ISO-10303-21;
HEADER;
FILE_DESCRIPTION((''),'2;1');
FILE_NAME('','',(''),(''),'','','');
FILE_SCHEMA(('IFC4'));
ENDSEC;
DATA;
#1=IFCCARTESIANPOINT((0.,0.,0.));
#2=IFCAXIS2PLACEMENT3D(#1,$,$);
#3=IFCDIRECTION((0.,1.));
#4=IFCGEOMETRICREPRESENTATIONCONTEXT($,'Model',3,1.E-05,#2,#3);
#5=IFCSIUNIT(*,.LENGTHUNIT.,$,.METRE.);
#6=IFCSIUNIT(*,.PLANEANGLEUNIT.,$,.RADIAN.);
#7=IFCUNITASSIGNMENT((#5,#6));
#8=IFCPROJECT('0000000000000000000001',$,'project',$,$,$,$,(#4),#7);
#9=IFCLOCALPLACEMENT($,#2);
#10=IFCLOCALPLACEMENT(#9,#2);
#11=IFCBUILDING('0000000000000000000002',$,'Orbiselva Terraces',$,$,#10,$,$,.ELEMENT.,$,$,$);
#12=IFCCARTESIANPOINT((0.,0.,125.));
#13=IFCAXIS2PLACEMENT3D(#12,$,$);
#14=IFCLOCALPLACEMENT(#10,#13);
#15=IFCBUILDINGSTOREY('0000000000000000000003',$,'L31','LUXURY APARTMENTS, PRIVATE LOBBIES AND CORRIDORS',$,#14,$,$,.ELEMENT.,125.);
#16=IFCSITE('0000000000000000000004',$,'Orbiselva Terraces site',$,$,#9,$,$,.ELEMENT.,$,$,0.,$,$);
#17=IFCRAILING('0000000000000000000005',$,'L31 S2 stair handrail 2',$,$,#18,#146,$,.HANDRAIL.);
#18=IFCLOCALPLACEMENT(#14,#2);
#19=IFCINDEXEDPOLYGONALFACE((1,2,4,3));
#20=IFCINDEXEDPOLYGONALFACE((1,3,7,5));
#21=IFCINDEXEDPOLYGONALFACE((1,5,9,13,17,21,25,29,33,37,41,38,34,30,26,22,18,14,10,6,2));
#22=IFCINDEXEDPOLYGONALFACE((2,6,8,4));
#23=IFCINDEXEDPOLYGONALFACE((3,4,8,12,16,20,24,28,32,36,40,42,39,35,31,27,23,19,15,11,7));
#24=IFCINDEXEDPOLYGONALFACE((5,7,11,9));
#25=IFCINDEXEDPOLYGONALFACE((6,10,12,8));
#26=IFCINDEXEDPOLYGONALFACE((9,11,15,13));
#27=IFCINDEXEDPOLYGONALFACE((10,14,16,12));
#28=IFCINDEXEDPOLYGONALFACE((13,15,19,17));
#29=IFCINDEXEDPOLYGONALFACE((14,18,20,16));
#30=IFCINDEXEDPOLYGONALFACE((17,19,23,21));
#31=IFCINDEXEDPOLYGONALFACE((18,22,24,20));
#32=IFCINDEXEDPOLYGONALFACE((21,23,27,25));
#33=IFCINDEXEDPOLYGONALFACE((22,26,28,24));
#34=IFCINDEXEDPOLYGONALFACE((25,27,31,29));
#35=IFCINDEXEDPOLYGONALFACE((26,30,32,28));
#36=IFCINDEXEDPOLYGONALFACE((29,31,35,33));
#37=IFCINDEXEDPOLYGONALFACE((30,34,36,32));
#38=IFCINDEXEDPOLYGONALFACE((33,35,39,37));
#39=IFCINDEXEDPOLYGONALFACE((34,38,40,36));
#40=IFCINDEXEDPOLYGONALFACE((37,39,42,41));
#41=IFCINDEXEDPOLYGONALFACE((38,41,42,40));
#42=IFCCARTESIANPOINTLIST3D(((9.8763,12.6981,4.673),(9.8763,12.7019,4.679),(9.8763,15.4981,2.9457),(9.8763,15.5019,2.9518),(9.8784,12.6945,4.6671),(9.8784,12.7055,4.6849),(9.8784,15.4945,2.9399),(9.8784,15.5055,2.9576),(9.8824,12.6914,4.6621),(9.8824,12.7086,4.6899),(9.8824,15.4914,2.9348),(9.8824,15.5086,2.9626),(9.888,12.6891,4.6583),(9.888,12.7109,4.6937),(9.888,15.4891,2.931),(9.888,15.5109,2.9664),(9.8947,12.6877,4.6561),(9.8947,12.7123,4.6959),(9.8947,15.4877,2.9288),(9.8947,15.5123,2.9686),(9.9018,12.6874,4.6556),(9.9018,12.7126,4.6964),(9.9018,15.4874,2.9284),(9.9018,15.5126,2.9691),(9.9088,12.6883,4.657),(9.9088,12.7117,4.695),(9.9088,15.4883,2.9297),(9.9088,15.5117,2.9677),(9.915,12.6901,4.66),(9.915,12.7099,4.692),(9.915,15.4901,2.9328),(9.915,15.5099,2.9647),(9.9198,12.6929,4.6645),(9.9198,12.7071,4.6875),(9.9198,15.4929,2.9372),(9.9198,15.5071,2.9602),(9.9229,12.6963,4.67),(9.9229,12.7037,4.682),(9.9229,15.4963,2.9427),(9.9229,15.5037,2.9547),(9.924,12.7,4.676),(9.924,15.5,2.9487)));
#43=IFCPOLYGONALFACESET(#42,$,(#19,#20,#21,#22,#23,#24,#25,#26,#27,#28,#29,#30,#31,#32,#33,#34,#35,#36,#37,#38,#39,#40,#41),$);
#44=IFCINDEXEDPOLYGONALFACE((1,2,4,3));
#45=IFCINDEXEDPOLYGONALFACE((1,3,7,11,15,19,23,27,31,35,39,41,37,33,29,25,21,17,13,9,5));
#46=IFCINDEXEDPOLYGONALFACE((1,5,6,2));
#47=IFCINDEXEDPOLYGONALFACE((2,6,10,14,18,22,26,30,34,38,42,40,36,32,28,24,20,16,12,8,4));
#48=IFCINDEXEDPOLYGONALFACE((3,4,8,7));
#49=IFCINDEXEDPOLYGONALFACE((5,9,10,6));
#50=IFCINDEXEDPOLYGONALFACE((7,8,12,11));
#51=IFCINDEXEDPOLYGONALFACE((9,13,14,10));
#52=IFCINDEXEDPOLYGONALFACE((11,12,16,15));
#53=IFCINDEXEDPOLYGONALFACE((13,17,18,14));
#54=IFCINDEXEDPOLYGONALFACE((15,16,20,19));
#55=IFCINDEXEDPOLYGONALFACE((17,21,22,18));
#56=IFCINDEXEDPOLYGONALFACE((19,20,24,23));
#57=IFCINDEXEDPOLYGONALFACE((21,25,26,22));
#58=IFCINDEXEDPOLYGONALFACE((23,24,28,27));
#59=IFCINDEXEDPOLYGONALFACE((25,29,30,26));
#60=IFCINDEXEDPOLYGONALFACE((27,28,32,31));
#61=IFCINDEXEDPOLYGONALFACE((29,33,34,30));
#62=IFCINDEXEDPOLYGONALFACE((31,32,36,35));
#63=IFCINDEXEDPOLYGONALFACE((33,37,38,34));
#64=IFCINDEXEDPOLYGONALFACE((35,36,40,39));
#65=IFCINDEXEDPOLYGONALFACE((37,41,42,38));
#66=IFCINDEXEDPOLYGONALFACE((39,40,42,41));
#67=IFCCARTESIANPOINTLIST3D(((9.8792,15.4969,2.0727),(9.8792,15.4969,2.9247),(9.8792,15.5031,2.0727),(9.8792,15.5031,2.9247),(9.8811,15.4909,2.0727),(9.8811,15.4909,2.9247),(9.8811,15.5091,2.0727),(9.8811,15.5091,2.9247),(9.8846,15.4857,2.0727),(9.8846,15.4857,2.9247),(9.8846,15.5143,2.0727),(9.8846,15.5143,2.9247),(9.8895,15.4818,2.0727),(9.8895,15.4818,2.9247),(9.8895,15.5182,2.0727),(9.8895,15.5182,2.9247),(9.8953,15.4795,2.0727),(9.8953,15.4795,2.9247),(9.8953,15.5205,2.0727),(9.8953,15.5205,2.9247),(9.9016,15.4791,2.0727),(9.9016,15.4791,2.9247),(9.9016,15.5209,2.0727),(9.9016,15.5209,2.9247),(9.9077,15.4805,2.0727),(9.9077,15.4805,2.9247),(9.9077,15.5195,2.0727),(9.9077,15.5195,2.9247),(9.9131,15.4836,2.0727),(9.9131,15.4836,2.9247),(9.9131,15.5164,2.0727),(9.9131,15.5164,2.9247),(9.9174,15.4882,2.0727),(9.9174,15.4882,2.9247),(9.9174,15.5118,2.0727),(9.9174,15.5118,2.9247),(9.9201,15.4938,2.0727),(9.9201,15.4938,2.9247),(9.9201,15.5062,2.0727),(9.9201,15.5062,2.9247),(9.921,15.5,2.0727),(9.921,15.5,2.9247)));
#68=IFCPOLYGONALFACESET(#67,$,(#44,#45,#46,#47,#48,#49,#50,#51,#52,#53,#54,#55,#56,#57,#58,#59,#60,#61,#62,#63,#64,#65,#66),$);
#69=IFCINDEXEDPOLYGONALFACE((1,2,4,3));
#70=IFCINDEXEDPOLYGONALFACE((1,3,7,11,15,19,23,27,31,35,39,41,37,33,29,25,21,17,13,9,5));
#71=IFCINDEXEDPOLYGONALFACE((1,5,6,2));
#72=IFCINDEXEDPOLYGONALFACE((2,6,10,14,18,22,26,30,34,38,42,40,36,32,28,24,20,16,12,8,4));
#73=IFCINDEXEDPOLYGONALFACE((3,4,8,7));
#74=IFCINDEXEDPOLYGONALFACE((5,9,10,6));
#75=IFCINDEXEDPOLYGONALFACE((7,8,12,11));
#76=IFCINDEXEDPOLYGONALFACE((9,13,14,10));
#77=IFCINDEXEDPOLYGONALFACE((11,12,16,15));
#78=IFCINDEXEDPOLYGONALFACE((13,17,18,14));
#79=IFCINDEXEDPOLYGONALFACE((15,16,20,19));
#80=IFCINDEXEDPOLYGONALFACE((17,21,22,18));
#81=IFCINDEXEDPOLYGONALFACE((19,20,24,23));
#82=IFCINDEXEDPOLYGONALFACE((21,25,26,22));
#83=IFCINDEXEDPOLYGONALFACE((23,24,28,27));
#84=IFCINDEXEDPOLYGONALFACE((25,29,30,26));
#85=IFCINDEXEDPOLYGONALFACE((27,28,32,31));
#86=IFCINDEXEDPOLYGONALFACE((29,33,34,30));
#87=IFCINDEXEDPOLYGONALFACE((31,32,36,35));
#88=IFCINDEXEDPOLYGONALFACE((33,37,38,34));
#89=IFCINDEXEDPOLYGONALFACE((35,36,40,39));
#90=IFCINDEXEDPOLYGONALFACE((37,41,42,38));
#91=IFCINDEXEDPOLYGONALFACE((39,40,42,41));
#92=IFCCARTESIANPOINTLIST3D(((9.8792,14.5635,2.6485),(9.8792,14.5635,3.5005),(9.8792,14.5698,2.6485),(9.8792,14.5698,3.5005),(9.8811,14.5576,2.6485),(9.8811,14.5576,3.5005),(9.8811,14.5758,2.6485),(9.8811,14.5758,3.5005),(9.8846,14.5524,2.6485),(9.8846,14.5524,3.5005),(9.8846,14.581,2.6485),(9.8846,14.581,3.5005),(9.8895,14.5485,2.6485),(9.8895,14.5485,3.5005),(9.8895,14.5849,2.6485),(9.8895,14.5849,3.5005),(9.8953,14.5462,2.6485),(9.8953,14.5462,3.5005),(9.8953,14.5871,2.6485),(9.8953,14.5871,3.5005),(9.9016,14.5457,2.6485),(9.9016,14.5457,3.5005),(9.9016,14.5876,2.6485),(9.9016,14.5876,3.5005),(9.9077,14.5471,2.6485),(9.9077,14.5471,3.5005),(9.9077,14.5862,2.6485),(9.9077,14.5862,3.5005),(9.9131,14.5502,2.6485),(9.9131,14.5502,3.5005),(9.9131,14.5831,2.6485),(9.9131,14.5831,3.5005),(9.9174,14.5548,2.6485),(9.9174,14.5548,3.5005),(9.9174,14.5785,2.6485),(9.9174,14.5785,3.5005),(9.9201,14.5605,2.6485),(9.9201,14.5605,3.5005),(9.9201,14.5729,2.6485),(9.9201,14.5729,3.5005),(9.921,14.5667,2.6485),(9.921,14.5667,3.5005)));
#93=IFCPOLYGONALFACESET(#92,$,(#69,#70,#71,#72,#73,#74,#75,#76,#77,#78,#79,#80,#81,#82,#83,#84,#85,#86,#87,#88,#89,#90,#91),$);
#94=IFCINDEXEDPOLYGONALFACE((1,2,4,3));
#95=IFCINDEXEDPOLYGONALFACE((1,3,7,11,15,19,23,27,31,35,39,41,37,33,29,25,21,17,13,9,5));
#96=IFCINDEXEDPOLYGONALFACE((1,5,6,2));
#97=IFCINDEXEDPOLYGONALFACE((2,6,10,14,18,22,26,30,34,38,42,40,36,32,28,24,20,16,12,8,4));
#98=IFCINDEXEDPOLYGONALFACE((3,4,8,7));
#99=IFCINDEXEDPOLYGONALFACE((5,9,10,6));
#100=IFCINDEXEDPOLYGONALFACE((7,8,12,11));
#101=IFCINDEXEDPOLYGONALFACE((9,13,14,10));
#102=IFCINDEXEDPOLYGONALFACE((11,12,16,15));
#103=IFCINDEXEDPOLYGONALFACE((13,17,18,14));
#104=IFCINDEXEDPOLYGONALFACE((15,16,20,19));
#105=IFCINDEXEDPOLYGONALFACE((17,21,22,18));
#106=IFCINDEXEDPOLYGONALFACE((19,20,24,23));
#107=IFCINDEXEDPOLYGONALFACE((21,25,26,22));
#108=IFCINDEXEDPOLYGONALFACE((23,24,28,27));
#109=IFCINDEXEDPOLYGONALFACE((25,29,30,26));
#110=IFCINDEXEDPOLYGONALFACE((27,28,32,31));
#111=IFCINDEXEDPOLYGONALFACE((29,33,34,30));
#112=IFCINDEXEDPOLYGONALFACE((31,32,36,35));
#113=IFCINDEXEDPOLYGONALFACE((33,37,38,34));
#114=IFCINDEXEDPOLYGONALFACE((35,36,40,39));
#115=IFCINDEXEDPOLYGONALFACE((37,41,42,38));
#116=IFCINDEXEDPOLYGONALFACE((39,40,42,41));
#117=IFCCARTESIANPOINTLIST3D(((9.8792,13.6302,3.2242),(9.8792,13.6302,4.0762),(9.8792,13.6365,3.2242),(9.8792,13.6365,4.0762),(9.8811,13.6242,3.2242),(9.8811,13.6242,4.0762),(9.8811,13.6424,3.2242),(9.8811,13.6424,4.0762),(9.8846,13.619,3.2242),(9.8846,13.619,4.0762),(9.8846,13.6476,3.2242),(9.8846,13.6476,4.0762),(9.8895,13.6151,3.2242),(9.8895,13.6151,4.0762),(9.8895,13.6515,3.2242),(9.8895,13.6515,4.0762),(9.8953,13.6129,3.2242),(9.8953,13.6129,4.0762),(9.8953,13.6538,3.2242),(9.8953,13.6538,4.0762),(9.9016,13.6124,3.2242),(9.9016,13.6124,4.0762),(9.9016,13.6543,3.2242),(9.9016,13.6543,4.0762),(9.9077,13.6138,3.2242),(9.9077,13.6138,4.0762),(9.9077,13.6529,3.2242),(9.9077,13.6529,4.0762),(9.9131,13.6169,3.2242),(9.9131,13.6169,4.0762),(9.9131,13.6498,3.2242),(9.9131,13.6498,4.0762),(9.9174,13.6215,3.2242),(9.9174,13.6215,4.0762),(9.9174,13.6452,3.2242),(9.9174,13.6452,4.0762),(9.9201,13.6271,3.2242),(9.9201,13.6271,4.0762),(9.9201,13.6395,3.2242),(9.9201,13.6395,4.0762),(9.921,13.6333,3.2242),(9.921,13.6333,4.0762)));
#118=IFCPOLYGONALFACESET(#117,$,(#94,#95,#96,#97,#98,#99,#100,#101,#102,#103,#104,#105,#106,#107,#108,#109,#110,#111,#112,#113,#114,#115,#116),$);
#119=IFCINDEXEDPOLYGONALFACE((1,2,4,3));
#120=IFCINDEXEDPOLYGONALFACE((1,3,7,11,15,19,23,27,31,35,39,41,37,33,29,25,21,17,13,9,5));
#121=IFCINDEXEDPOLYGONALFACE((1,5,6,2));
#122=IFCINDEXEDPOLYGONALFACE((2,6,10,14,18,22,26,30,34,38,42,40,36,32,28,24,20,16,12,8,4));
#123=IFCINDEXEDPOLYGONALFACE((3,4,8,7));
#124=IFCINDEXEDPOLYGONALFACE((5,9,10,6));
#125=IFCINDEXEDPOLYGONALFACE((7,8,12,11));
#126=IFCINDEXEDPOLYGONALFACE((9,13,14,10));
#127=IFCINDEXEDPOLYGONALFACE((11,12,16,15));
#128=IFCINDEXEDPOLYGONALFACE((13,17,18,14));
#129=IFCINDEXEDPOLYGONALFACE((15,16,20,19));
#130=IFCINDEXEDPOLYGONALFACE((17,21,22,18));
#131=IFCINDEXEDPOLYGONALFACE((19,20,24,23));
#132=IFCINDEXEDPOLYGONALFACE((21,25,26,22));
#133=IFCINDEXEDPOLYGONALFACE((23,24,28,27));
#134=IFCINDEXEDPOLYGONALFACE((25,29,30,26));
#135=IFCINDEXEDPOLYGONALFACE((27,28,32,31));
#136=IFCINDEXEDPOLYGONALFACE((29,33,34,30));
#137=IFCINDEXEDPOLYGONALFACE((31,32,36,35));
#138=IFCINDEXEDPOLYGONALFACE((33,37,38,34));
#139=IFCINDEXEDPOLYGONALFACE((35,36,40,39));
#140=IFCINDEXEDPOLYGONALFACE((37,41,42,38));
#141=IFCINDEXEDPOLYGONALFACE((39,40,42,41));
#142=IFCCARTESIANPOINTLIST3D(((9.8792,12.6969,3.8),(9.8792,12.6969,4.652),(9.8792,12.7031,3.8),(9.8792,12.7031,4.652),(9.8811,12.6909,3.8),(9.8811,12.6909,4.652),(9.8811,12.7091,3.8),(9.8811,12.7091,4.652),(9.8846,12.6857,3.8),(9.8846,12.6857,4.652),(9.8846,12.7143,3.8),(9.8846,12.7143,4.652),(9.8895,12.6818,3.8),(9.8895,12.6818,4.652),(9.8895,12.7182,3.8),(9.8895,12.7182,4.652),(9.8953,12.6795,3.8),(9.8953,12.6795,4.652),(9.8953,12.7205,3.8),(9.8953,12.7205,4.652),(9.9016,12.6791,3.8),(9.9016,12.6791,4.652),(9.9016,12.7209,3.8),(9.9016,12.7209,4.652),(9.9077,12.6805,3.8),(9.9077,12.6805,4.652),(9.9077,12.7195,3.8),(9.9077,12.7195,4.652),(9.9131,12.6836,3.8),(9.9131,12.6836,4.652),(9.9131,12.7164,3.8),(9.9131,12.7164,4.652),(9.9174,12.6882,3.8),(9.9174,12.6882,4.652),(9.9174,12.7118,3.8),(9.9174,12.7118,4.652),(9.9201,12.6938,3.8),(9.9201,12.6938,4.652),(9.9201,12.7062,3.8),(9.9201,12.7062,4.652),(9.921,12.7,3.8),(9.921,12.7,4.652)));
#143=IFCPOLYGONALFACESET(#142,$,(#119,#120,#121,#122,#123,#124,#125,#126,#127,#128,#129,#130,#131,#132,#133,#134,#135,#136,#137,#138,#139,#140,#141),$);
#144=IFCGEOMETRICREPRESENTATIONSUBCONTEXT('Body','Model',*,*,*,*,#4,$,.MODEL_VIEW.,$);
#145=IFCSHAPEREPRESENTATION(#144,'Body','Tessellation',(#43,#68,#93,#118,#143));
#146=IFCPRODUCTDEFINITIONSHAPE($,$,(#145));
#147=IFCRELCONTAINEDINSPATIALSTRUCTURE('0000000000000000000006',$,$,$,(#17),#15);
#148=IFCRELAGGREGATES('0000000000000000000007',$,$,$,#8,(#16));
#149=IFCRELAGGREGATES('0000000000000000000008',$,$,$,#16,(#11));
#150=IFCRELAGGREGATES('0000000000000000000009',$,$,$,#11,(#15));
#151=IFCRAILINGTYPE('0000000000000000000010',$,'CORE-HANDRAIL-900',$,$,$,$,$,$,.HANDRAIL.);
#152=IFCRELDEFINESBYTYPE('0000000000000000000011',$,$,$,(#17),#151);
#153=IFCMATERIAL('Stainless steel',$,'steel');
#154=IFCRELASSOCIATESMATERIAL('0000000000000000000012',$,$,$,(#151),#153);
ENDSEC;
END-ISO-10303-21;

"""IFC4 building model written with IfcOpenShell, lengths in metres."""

from ifc_helpers import new_model, si_unit, direction, frame, origin, origin_2d, place, context, subcontext, project, spatial, circle, extrude, material, type_object, element, save


model = new_model("IFC4")

# Units and contexts
model_context = context("Model", 3, precision=1e-05, world=origin(), true_north=direction((0.0, 1.0)))
body_context = subcontext(model_context, "Body", "Model", "MODEL_VIEW")
ifc_project = project(units=[si_unit("LENGTHUNIT", "METRE"), si_unit("PLANEANGLEUNIT", "RADIAN")], contexts=[model_context])

# Site, building, storey
site_placement = place(None, origin())
site = spatial("IfcSite", under=ifc_project, at=site_placement, Name="Orbiselva Terraces site", CompositionType="ELEMENT", RefElevation=0.0)
building_placement = place(site_placement, origin())
building = spatial("IfcBuilding", under=site, at=building_placement, Name="Orbiselva Terraces", CompositionType="ELEMENT")
storey_placement = place(building_placement, frame((0.0, 0.0, 125.0)))
storey = spatial("IfcBuildingStorey", under=building, at=storey_placement, Name="L31", Description="LUXURY APARTMENTS, PRIVATE LOBBIES AND CORRIDORS", CompositionType="ELEMENT", Elevation=125.0)

# Railing
ifc_material_1 = material(Name="Stainless steel", Category="steel")
railing_type = type_object("IfcRailingType", Name="CORE-HANDRAIL-900", PredefinedType="HANDRAIL", material=ifc_material_1)
railing_placement = place(storey_placement, frame((9.9, 15.5, 2.0727)))
element("IfcRailing", 1, at=railing_placement, inside=storey, type_object=railing_type, Name="L31 S2 stair handrail 2", PredefinedType="HANDRAIL", context=body_context, shape_type="SweptSolid", body=[
    extrude(circle(Radius=0.024, at=origin_2d()), frame((0.0, 0.0, 0.876), z_axis=(0.0, -0.851089, 0.525022), x_axis=(1.0, 0.0, 0.0)), (0.0, 0.0, 1.0), 3.2899),
    extrude(circle(Radius=0.021, at=origin_2d()), origin(), (0.0, 0.0, 1.0), 0.852),
    extrude(circle(Radius=0.021, at=origin_2d()), frame((0.0, -0.9333, 0.5758)), (0.0, 0.0, 1.0), 0.852),
    extrude(circle(Radius=0.021, at=origin_2d()), frame((0.0, -1.8667, 1.1515)), (0.0, 0.0, 1.0), 0.852),
    extrude(circle(Radius=0.021, at=origin_2d()), frame((0.0, -2.8, 1.7273)), (0.0, 0.0, 1.0), 0.852),
])

save(model, "model.ifc")
